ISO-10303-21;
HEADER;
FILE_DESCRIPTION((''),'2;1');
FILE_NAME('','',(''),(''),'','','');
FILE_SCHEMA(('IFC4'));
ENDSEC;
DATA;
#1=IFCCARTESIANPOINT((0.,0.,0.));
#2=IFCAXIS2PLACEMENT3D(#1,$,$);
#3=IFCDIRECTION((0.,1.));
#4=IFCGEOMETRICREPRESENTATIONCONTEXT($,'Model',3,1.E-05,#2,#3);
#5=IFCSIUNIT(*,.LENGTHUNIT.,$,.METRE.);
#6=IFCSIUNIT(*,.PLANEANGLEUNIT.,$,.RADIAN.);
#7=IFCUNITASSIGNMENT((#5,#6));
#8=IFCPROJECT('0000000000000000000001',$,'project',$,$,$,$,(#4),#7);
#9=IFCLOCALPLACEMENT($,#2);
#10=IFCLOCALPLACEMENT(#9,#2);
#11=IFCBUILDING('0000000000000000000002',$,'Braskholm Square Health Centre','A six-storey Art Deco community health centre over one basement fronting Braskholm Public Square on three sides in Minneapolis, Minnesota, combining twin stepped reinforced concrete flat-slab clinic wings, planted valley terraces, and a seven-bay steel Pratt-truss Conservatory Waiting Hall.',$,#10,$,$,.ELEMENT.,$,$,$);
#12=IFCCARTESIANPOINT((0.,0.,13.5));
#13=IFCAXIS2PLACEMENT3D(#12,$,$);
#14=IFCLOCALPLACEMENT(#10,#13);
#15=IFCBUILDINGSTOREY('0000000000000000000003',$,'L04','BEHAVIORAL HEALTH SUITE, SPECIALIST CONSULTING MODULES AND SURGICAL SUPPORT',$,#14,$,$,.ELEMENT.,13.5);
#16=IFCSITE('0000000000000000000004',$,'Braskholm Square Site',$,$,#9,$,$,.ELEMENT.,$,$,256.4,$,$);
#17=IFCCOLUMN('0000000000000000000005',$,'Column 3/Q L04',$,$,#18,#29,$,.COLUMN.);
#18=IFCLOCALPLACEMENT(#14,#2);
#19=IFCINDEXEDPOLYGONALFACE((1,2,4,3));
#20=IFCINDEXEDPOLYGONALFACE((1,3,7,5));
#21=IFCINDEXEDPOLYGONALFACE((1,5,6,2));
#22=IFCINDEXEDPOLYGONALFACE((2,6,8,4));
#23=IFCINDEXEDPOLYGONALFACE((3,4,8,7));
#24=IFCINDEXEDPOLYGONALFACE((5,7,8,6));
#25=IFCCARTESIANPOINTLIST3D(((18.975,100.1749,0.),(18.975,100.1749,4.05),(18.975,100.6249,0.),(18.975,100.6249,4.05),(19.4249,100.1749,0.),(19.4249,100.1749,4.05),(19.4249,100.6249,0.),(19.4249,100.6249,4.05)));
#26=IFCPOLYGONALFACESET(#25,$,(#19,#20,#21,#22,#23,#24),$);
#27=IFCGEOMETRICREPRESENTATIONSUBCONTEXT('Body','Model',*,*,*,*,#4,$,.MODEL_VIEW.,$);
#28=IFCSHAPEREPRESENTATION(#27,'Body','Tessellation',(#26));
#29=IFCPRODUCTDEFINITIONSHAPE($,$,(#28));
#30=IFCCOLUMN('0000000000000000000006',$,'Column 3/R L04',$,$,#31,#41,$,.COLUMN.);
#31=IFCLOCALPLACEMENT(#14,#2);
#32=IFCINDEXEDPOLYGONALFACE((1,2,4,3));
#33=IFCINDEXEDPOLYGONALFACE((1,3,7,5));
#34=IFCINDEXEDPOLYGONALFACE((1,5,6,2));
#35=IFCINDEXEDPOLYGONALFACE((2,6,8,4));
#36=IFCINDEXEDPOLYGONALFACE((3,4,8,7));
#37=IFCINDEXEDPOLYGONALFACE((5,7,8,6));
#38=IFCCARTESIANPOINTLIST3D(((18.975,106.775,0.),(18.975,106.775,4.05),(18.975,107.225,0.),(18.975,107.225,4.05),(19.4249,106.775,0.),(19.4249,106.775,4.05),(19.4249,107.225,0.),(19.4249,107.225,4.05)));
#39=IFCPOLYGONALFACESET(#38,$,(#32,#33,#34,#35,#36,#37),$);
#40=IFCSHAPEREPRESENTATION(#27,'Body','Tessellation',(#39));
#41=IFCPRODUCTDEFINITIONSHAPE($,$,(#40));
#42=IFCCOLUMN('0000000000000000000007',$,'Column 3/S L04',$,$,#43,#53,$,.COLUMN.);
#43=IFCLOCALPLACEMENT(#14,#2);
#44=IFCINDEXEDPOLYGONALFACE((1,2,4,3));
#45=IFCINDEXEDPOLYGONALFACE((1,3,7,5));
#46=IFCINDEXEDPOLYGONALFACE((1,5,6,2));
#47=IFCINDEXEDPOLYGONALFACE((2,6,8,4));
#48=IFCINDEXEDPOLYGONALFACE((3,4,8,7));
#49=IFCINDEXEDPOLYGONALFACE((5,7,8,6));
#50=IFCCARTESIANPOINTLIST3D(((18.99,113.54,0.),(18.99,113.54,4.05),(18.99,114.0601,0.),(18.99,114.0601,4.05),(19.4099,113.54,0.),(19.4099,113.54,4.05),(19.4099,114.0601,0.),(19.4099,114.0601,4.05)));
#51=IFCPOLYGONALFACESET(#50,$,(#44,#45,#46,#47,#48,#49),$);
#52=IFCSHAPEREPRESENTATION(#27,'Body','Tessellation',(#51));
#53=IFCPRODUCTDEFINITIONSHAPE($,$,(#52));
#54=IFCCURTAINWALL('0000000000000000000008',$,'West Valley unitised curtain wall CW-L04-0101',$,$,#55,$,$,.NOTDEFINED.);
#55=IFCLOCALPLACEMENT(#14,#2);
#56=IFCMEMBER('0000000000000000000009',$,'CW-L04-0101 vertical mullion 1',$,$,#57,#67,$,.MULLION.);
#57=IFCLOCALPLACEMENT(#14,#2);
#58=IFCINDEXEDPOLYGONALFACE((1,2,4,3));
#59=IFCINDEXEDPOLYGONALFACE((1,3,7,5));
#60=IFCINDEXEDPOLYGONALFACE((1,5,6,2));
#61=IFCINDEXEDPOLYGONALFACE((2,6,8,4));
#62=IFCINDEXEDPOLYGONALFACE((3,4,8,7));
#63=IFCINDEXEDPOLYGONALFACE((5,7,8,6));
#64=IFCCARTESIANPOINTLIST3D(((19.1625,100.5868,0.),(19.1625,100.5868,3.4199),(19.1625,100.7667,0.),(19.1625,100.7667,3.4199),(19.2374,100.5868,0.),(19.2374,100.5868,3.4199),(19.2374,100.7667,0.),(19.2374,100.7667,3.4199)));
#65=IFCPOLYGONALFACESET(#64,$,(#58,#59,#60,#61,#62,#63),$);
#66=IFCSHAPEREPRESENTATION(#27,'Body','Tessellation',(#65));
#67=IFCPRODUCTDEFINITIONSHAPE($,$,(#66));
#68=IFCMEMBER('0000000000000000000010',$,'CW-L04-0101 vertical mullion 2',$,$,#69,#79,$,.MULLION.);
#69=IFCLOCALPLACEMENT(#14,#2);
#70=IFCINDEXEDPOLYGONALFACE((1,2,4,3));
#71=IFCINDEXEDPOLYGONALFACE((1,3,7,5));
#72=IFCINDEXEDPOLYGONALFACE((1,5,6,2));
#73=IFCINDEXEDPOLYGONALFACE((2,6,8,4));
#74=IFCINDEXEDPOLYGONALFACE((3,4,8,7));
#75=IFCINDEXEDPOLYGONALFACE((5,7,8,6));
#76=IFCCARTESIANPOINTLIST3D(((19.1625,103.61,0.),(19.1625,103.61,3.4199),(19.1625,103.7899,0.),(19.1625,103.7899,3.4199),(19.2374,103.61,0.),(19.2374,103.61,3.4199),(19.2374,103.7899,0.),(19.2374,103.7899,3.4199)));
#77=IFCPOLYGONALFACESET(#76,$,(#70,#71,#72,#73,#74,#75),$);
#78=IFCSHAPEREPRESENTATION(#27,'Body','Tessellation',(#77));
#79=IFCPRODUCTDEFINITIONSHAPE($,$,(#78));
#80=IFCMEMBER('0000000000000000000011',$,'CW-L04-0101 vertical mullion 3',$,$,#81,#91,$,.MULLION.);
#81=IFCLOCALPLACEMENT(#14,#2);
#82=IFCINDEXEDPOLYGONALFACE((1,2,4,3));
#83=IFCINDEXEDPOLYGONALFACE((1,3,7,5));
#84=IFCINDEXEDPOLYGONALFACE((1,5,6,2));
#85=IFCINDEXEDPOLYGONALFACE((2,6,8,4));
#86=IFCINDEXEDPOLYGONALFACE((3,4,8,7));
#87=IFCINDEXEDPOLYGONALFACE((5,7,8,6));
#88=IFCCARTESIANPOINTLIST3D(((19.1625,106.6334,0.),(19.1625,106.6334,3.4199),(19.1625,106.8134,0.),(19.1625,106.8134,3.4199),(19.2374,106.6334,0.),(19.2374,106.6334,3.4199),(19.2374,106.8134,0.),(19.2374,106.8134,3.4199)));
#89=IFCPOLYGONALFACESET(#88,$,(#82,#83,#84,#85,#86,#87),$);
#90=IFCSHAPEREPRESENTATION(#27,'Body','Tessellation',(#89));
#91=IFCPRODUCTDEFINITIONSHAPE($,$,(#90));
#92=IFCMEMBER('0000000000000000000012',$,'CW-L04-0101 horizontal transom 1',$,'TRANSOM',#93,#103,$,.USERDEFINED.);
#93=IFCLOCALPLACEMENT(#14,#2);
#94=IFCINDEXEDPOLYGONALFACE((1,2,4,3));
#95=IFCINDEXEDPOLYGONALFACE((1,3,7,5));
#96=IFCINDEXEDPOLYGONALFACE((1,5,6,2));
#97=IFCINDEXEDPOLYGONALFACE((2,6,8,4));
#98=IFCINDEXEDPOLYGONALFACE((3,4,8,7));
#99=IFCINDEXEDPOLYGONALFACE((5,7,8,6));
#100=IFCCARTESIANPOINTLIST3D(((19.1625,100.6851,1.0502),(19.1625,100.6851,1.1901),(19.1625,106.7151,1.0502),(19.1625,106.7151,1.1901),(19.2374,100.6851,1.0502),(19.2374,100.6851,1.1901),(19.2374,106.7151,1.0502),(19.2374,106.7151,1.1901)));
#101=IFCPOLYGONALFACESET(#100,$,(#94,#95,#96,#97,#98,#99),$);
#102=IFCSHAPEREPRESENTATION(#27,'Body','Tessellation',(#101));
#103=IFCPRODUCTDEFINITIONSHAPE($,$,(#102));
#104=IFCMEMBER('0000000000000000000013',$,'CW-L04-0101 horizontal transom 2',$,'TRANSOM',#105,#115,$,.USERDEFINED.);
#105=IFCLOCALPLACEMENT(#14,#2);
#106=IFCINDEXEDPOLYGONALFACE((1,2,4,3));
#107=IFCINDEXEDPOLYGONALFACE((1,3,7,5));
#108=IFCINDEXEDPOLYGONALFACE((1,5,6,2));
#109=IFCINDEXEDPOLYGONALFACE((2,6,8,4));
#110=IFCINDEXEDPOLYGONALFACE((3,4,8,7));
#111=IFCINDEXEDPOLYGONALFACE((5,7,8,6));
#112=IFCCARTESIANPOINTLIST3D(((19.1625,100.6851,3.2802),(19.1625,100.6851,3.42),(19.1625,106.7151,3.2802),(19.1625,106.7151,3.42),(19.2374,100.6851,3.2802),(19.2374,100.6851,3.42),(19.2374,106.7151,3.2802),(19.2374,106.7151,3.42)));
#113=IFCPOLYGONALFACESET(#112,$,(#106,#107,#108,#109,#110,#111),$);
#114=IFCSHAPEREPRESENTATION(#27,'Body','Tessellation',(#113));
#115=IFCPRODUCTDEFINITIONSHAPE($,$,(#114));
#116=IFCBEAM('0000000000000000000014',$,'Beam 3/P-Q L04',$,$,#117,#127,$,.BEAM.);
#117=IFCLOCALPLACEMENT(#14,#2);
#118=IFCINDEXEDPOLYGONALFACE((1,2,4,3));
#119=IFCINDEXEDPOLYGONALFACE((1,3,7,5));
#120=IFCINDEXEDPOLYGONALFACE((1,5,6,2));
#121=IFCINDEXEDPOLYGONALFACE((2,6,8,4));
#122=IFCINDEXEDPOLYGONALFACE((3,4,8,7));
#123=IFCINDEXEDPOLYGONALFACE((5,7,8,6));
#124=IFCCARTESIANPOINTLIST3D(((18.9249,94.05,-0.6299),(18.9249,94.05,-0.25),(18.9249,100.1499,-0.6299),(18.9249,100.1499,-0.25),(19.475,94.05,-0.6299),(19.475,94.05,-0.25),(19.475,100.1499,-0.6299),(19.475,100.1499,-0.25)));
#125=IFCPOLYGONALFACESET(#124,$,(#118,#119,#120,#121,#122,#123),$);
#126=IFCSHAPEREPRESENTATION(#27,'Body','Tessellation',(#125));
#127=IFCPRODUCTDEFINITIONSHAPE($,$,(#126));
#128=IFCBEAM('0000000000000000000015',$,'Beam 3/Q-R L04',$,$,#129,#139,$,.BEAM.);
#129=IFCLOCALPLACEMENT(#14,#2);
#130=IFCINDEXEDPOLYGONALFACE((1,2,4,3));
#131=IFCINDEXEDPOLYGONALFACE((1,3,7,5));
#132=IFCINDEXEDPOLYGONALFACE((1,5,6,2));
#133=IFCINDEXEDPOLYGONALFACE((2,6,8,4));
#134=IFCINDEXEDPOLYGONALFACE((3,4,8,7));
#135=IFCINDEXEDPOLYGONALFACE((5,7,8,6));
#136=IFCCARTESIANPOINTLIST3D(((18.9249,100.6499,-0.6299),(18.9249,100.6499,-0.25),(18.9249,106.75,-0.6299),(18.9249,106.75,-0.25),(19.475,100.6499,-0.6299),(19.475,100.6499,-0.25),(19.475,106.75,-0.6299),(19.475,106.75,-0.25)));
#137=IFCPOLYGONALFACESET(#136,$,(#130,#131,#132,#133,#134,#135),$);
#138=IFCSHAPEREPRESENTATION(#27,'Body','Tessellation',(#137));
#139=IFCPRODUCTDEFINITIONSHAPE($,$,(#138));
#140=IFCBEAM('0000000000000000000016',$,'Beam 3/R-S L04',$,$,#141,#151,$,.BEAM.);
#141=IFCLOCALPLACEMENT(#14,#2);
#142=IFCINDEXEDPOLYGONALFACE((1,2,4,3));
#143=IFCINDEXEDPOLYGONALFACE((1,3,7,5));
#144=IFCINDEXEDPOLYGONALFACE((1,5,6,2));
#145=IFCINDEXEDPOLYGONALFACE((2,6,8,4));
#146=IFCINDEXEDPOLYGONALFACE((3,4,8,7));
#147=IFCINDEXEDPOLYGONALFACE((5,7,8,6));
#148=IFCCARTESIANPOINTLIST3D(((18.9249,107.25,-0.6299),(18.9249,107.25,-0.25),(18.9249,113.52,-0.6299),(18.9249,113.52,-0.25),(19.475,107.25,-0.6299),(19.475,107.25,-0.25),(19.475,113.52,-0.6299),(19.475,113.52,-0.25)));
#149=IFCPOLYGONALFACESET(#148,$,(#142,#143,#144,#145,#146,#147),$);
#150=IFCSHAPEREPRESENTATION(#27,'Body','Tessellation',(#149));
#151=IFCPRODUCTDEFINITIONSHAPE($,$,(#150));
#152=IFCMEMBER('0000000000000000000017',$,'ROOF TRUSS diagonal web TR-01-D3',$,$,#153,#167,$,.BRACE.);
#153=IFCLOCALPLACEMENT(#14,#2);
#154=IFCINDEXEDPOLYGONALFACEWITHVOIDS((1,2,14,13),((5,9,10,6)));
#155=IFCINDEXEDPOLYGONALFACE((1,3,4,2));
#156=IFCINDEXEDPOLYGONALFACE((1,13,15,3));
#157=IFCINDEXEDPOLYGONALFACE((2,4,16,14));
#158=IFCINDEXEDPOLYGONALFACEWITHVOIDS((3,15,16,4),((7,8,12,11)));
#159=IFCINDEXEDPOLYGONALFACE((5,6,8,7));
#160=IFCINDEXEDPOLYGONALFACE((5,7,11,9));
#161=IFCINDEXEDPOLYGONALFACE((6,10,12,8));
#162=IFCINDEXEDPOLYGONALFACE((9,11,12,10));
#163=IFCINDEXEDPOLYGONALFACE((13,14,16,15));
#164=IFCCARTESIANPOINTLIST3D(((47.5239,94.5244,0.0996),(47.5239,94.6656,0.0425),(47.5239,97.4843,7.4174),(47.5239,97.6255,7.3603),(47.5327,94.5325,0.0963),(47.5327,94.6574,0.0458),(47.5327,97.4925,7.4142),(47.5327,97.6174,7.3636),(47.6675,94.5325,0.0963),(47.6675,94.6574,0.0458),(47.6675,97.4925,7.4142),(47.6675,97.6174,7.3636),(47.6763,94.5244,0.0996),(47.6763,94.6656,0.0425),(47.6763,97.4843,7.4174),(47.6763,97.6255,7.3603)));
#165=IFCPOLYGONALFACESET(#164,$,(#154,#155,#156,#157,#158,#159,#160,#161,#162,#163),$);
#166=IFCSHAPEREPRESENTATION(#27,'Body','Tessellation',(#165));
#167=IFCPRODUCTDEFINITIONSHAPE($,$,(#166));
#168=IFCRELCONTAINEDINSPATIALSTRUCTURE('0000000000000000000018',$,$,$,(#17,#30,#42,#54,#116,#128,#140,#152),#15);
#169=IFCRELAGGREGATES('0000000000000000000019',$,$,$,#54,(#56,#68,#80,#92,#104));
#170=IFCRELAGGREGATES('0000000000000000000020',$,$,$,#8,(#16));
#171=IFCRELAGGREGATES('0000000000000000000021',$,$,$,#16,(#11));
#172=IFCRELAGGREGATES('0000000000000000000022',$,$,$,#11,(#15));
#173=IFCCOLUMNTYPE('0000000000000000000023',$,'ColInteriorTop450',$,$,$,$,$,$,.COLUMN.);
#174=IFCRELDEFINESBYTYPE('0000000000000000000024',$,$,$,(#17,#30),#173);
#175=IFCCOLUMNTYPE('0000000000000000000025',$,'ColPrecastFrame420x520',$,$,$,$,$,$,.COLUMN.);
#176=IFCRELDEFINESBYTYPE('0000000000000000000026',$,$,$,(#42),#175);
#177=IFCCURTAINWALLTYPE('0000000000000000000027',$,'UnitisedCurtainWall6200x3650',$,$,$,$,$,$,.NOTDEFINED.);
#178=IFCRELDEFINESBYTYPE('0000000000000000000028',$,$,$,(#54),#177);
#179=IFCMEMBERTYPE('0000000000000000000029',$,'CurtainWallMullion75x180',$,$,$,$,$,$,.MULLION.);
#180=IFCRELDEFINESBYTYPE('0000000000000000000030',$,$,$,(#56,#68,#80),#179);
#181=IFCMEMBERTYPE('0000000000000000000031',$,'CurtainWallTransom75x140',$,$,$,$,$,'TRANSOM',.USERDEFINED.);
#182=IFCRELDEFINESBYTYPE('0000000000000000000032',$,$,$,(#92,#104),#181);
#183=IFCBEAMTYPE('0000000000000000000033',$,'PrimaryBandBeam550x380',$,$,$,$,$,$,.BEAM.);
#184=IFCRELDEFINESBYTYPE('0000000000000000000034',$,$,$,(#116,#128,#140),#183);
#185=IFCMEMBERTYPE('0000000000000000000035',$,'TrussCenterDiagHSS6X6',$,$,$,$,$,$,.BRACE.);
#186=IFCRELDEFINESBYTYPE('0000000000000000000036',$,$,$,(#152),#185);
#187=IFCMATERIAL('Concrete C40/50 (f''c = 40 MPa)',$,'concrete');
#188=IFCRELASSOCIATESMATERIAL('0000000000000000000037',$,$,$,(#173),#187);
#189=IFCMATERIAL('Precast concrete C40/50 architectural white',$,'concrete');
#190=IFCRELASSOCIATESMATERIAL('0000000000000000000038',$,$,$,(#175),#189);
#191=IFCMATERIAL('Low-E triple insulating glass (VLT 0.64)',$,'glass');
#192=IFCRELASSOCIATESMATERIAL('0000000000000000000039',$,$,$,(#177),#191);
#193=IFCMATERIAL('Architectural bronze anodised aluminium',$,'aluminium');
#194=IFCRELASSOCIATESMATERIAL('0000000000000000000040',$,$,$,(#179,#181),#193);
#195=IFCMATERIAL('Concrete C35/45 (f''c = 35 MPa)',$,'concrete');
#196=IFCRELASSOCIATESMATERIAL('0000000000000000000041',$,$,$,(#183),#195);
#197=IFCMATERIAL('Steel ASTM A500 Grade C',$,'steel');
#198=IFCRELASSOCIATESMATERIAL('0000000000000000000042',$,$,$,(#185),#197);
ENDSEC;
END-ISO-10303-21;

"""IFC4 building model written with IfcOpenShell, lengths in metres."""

from ifc_helpers import new_model, si_unit, direction, frame, origin, origin_2d, place, context, subcontext, project, spatial, rectangle, hollow_rectangle, extrude, material, material_profile, profile_set, type_object, element, aggregate, save


model = new_model("IFC4")

# Units and contexts
model_context = context("Model", 3, precision=1e-05, world=origin(), true_north=direction((0.0, 1.0)))
body_context = subcontext(model_context, "Body", "Model", "MODEL_VIEW")
ifc_project = project(units=[si_unit("LENGTHUNIT", "METRE"), si_unit("PLANEANGLEUNIT", "RADIAN")], contexts=[model_context])

# Site, building, storey
site_placement = place(None, origin())
site = spatial("IfcSite", under=ifc_project, at=site_placement, Name="Braskholm Square Site", CompositionType="ELEMENT", RefElevation=256.4)
building_placement = place(site_placement, origin())
building = spatial("IfcBuilding", under=site, at=building_placement, Name="Braskholm Square Health Centre", Description="A six-storey Art Deco community health centre over one basement fronting Braskholm Public Square on three sides in Minneapolis, Minnesota, combining twin stepped reinforced concrete flat-slab clinic wings, planted valley terraces, and a seven-bay steel Pratt-truss Conservatory Waiting Hall.", CompositionType="ELEMENT")
storey_placement = place(building_placement, frame((0.0, 0.0, 13.5)))
storey = spatial("IfcBuildingStorey", under=building, at=storey_placement, Name="L04", Description="BEHAVIORAL HEALTH SUITE, SPECIALIST CONSULTING MODULES AND SURGICAL SUPPORT", CompositionType="ELEMENT", Elevation=13.5)

# Columns
ifc_material_1 = material(Name="Concrete C40/50 (f'c = 40 MPa)", Category="concrete")
ifc_material_profile_1 = material_profile(ifc_material_1, rectangle(XDim=0.45, YDim=0.45, at=origin_2d()), Name="RC-450X450")
ifc_profile_set_1 = profile_set([ifc_material_profile_1], Name="Concrete C40/50 (f'c = 40 MPa)")
column_type_1 = type_object("IfcColumnType", Name="ColInteriorTop450", PredefinedType="COLUMN", material=ifc_profile_set_1)
for number, where, z_axis, x_axis, name in (
    (1, (19.2, 100.3999, 0.0), (0.0, 0.0, 1.0), (1.0, 0.0, 0.0), "Column 3/Q L04"),
    (2, (19.2, 107.0, 0.0), (0.0, 0.0, 1.0), (1.0, 0.0, 0.0), "Column 3/R L04"),
):
    element("IfcColumn", number, at=place(storey_placement, frame(where, z_axis=z_axis, x_axis=x_axis)), inside=storey, type_object=column_type_1, Name=name, PredefinedType="COLUMN", context=body_context, shape_type="SweptSolid", body=[
        extrude(rectangle(XDim=0.45, YDim=0.45, at=origin_2d()), origin(), (0.0, 0.0, 1.0), 4.05),
    ])
ifc_material_2 = material(Name="Precast concrete C40/50 architectural white", Category="concrete")
ifc_material_profile_2 = material_profile(ifc_material_2, rectangle(XDim=0.4199, YDim=0.52, at=origin_2d()), Name="RC-420X520")
ifc_profile_set_2 = profile_set([ifc_material_profile_2], Name="Precast concrete C40/50 architectural white")
column_type_2 = type_object("IfcColumnType", Name="ColPrecastFrame420x520", PredefinedType="COLUMN", material=ifc_profile_set_2)
column_placement = place(storey_placement, frame((19.2, 113.8, 0.0), z_axis=(0.0, 0.0, 1.0), x_axis=(1.0, 0.0, 0.0)))
element("IfcColumn", 3, at=column_placement, inside=storey, type_object=column_type_2, Name="Column 3/S L04", PredefinedType="COLUMN", context=body_context, shape_type="SweptSolid", body=[
    extrude(rectangle(XDim=0.4199, YDim=0.52, at=origin_2d()), origin(), (0.0, 0.0, 1.0), 4.05),
])

# Curtain wall, members
ifc_material_3 = material(Name="Low-E triple insulating glass (VLT 0.64)", Category="glass")
curtain_wall_type = type_object("IfcCurtainWallType", Name="UnitisedCurtainWall6200x3650", PredefinedType="NOTDEFINED", material=ifc_material_3)
curtain_wall_placement = place(storey_placement, origin())
curtain_wall = element("IfcCurtainWall", 4, at=curtain_wall_placement, inside=storey, type_object=curtain_wall_type, Name="West Valley unitised curtain wall CW-L04-0101", PredefinedType="NOTDEFINED")
ifc_material_4 = material(Name="Architectural bronze anodised aluminium", Category="aluminium")
ifc_material_profile_3 = material_profile(ifc_material_4, rectangle(XDim=0.075, YDim=0.1799, at=origin_2d()), Name="ALU-75X180")
ifc_profile_set_3 = profile_set([ifc_material_profile_3], Name="Architectural bronze anodised aluminium")
member_type_1 = type_object("IfcMemberType", Name="CurtainWallMullion75x180", PredefinedType="MULLION", material=ifc_profile_set_3)
member_1_placement = place(storey_placement, frame((19.2, 100.6768, 0.0), z_axis=(0.0, 0.0, 1.0), x_axis=(1.0, 0.0, 0.0)))
member_1 = element("IfcMember", 5, at=member_1_placement, type_object=member_type_1, Name="CW-L04-0101 vertical mullion 1", PredefinedType="MULLION", context=body_context, shape_type="SweptSolid", body=[
    extrude(rectangle(XDim=0.075, YDim=0.1799, at=origin_2d()), origin(), (0.0, 0.0, 1.0), 3.4199),
])
member_2_placement = place(storey_placement, frame((19.2, 103.7, 0.0), z_axis=(0.0, 0.0, 1.0), x_axis=(1.0, 0.0, 0.0)))
member_2 = element("IfcMember", 6, at=member_2_placement, type_object=member_type_1, Name="CW-L04-0101 vertical mullion 2", PredefinedType="MULLION", context=body_context, shape_type="SweptSolid", body=[
    extrude(rectangle(XDim=0.075, YDim=0.1799, at=origin_2d()), origin(), (0.0, 0.0, 1.0), 3.4199),
])
member_3_placement = place(storey_placement, frame((19.2, 106.7234, 0.0), z_axis=(0.0, 0.0, 1.0), x_axis=(1.0, 0.0, 0.0)))
member_3 = element("IfcMember", 7, at=member_3_placement, type_object=member_type_1, Name="CW-L04-0101 vertical mullion 3", PredefinedType="MULLION", context=body_context, shape_type="SweptSolid", body=[
    extrude(rectangle(XDim=0.075, YDim=0.1799, at=origin_2d()), origin(), (0.0, 0.0, 1.0), 3.4199),
])
ifc_material_profile_4 = material_profile(ifc_material_4, rectangle(XDim=0.075, YDim=0.1399, at=origin_2d()), Name="ALU-75X140")
ifc_profile_set_4 = profile_set([ifc_material_profile_4], Name="Architectural bronze anodised aluminium")
member_type_2 = type_object("IfcMemberType", Name="CurtainWallTransom75x140", ElementType="TRANSOM", PredefinedType="USERDEFINED", material=ifc_profile_set_4)
member_4_placement = place(storey_placement, frame((19.2, 100.6851, 1.1201), z_axis=(0.0, 1.0, 0.0), x_axis=(-1.0, 0.0, 0.0)))
member_4 = element("IfcMember", 8, at=member_4_placement, type_object=member_type_2, Name="CW-L04-0101 horizontal transom 1", ObjectType="TRANSOM", PredefinedType="USERDEFINED", context=body_context, shape_type="SweptSolid", body=[
    extrude(rectangle(XDim=0.075, YDim=0.1399, at=origin_2d()), origin(), (0.0, 0.0, 1.0), 6.03),
])
member_5_placement = place(storey_placement, frame((19.2, 100.6851, 3.3501), z_axis=(0.0, 1.0, 0.0), x_axis=(-1.0, 0.0, 0.0)))
member_5 = element("IfcMember", 9, at=member_5_placement, type_object=member_type_2, Name="CW-L04-0101 horizontal transom 2", ObjectType="TRANSOM", PredefinedType="USERDEFINED", context=body_context, shape_type="SweptSolid", body=[
    extrude(rectangle(XDim=0.075, YDim=0.1399, at=origin_2d()), origin(), (0.0, 0.0, 1.0), 6.03),
])

# Beams
ifc_material_5 = material(Name="Concrete C35/45 (f'c = 35 MPa)", Category="concrete")
ifc_material_profile_5 = material_profile(ifc_material_5, rectangle(XDim=0.55, YDim=0.3799, at=origin_2d()), Name="RCB-550X380")
ifc_profile_set_5 = profile_set([ifc_material_profile_5], Name="Concrete C35/45 (f'c = 35 MPa)")
beam_type = type_object("IfcBeamType", Name="PrimaryBandBeam550x380", PredefinedType="BEAM", material=ifc_profile_set_5)
beam_1_placement = place(storey_placement, frame((19.2, 94.05, -0.4399), z_axis=(0.0, 1.0, 0.0), x_axis=(-1.0, 0.0, 0.0)))
element("IfcBeam", 10, at=beam_1_placement, inside=storey, type_object=beam_type, Name="Beam 3/P-Q L04", PredefinedType="BEAM", context=body_context, shape_type="SweptSolid", body=[
    extrude(rectangle(XDim=0.55, YDim=0.3799, at=origin_2d()), origin(), (0.0, 0.0, 1.0), 6.0999),
])
beam_2_placement = place(storey_placement, frame((19.2, 100.6499, -0.4399), z_axis=(0.0, 1.0, 0.0), x_axis=(-1.0, 0.0, 0.0)))
element("IfcBeam", 11, at=beam_2_placement, inside=storey, type_object=beam_type, Name="Beam 3/Q-R L04", PredefinedType="BEAM", context=body_context, shape_type="SweptSolid", body=[
    extrude(rectangle(XDim=0.55, YDim=0.3799, at=origin_2d()), origin(), (0.0, 0.0, 1.0), 6.1001),
])
beam_3_placement = place(storey_placement, frame((19.2, 107.25, -0.4399), z_axis=(0.0, 1.0, 0.0), x_axis=(-1.0, 0.0, 0.0)))
element("IfcBeam", 12, at=beam_3_placement, inside=storey, type_object=beam_type, Name="Beam 3/R-S L04", PredefinedType="BEAM", context=body_context, shape_type="SweptSolid", body=[
    extrude(rectangle(XDim=0.55, YDim=0.3799, at=origin_2d()), origin(), (0.0, 0.0, 1.0), 6.27),
])

# Member
ifc_material_6 = material(Name="Steel ASTM A500 Grade C", Category="steel")
ifc_material_profile_6 = material_profile(ifc_material_6, hollow_rectangle(XDim=0.1523, YDim=0.1523, WallThickness=0.0088, at=origin_2d()), Name="HSS6X6X3/8")
ifc_profile_set_6 = profile_set([ifc_material_profile_6], Name="Steel ASTM A500 Grade C")
member_type_3 = type_object("IfcMemberType", Name="TrussCenterDiagHSS6X6", PredefinedType="BRACE", material=ifc_profile_set_6)
member_6_placement = place(storey_placement, frame((47.6001, 94.595, 0.071), z_axis=(0.0, 0.374971, 0.927036), x_axis=(-1.0, 0.0, 0.0)))
element("IfcMember", 13, at=member_6_placement, inside=storey, type_object=member_type_3, Name="ROOF TRUSS diagonal web TR-01-D3", PredefinedType="BRACE", context=body_context, shape_type="SweptSolid", body=[
    extrude(hollow_rectangle(XDim=0.1523, YDim=0.1523, WallThickness=0.0088, at=origin_2d()), origin(), (0.0, 0.0, 1.0), 7.8938),
])

aggregate(curtain_wall, [member_1, member_2, member_3, member_4, member_5])

save(model, "model.ifc")
